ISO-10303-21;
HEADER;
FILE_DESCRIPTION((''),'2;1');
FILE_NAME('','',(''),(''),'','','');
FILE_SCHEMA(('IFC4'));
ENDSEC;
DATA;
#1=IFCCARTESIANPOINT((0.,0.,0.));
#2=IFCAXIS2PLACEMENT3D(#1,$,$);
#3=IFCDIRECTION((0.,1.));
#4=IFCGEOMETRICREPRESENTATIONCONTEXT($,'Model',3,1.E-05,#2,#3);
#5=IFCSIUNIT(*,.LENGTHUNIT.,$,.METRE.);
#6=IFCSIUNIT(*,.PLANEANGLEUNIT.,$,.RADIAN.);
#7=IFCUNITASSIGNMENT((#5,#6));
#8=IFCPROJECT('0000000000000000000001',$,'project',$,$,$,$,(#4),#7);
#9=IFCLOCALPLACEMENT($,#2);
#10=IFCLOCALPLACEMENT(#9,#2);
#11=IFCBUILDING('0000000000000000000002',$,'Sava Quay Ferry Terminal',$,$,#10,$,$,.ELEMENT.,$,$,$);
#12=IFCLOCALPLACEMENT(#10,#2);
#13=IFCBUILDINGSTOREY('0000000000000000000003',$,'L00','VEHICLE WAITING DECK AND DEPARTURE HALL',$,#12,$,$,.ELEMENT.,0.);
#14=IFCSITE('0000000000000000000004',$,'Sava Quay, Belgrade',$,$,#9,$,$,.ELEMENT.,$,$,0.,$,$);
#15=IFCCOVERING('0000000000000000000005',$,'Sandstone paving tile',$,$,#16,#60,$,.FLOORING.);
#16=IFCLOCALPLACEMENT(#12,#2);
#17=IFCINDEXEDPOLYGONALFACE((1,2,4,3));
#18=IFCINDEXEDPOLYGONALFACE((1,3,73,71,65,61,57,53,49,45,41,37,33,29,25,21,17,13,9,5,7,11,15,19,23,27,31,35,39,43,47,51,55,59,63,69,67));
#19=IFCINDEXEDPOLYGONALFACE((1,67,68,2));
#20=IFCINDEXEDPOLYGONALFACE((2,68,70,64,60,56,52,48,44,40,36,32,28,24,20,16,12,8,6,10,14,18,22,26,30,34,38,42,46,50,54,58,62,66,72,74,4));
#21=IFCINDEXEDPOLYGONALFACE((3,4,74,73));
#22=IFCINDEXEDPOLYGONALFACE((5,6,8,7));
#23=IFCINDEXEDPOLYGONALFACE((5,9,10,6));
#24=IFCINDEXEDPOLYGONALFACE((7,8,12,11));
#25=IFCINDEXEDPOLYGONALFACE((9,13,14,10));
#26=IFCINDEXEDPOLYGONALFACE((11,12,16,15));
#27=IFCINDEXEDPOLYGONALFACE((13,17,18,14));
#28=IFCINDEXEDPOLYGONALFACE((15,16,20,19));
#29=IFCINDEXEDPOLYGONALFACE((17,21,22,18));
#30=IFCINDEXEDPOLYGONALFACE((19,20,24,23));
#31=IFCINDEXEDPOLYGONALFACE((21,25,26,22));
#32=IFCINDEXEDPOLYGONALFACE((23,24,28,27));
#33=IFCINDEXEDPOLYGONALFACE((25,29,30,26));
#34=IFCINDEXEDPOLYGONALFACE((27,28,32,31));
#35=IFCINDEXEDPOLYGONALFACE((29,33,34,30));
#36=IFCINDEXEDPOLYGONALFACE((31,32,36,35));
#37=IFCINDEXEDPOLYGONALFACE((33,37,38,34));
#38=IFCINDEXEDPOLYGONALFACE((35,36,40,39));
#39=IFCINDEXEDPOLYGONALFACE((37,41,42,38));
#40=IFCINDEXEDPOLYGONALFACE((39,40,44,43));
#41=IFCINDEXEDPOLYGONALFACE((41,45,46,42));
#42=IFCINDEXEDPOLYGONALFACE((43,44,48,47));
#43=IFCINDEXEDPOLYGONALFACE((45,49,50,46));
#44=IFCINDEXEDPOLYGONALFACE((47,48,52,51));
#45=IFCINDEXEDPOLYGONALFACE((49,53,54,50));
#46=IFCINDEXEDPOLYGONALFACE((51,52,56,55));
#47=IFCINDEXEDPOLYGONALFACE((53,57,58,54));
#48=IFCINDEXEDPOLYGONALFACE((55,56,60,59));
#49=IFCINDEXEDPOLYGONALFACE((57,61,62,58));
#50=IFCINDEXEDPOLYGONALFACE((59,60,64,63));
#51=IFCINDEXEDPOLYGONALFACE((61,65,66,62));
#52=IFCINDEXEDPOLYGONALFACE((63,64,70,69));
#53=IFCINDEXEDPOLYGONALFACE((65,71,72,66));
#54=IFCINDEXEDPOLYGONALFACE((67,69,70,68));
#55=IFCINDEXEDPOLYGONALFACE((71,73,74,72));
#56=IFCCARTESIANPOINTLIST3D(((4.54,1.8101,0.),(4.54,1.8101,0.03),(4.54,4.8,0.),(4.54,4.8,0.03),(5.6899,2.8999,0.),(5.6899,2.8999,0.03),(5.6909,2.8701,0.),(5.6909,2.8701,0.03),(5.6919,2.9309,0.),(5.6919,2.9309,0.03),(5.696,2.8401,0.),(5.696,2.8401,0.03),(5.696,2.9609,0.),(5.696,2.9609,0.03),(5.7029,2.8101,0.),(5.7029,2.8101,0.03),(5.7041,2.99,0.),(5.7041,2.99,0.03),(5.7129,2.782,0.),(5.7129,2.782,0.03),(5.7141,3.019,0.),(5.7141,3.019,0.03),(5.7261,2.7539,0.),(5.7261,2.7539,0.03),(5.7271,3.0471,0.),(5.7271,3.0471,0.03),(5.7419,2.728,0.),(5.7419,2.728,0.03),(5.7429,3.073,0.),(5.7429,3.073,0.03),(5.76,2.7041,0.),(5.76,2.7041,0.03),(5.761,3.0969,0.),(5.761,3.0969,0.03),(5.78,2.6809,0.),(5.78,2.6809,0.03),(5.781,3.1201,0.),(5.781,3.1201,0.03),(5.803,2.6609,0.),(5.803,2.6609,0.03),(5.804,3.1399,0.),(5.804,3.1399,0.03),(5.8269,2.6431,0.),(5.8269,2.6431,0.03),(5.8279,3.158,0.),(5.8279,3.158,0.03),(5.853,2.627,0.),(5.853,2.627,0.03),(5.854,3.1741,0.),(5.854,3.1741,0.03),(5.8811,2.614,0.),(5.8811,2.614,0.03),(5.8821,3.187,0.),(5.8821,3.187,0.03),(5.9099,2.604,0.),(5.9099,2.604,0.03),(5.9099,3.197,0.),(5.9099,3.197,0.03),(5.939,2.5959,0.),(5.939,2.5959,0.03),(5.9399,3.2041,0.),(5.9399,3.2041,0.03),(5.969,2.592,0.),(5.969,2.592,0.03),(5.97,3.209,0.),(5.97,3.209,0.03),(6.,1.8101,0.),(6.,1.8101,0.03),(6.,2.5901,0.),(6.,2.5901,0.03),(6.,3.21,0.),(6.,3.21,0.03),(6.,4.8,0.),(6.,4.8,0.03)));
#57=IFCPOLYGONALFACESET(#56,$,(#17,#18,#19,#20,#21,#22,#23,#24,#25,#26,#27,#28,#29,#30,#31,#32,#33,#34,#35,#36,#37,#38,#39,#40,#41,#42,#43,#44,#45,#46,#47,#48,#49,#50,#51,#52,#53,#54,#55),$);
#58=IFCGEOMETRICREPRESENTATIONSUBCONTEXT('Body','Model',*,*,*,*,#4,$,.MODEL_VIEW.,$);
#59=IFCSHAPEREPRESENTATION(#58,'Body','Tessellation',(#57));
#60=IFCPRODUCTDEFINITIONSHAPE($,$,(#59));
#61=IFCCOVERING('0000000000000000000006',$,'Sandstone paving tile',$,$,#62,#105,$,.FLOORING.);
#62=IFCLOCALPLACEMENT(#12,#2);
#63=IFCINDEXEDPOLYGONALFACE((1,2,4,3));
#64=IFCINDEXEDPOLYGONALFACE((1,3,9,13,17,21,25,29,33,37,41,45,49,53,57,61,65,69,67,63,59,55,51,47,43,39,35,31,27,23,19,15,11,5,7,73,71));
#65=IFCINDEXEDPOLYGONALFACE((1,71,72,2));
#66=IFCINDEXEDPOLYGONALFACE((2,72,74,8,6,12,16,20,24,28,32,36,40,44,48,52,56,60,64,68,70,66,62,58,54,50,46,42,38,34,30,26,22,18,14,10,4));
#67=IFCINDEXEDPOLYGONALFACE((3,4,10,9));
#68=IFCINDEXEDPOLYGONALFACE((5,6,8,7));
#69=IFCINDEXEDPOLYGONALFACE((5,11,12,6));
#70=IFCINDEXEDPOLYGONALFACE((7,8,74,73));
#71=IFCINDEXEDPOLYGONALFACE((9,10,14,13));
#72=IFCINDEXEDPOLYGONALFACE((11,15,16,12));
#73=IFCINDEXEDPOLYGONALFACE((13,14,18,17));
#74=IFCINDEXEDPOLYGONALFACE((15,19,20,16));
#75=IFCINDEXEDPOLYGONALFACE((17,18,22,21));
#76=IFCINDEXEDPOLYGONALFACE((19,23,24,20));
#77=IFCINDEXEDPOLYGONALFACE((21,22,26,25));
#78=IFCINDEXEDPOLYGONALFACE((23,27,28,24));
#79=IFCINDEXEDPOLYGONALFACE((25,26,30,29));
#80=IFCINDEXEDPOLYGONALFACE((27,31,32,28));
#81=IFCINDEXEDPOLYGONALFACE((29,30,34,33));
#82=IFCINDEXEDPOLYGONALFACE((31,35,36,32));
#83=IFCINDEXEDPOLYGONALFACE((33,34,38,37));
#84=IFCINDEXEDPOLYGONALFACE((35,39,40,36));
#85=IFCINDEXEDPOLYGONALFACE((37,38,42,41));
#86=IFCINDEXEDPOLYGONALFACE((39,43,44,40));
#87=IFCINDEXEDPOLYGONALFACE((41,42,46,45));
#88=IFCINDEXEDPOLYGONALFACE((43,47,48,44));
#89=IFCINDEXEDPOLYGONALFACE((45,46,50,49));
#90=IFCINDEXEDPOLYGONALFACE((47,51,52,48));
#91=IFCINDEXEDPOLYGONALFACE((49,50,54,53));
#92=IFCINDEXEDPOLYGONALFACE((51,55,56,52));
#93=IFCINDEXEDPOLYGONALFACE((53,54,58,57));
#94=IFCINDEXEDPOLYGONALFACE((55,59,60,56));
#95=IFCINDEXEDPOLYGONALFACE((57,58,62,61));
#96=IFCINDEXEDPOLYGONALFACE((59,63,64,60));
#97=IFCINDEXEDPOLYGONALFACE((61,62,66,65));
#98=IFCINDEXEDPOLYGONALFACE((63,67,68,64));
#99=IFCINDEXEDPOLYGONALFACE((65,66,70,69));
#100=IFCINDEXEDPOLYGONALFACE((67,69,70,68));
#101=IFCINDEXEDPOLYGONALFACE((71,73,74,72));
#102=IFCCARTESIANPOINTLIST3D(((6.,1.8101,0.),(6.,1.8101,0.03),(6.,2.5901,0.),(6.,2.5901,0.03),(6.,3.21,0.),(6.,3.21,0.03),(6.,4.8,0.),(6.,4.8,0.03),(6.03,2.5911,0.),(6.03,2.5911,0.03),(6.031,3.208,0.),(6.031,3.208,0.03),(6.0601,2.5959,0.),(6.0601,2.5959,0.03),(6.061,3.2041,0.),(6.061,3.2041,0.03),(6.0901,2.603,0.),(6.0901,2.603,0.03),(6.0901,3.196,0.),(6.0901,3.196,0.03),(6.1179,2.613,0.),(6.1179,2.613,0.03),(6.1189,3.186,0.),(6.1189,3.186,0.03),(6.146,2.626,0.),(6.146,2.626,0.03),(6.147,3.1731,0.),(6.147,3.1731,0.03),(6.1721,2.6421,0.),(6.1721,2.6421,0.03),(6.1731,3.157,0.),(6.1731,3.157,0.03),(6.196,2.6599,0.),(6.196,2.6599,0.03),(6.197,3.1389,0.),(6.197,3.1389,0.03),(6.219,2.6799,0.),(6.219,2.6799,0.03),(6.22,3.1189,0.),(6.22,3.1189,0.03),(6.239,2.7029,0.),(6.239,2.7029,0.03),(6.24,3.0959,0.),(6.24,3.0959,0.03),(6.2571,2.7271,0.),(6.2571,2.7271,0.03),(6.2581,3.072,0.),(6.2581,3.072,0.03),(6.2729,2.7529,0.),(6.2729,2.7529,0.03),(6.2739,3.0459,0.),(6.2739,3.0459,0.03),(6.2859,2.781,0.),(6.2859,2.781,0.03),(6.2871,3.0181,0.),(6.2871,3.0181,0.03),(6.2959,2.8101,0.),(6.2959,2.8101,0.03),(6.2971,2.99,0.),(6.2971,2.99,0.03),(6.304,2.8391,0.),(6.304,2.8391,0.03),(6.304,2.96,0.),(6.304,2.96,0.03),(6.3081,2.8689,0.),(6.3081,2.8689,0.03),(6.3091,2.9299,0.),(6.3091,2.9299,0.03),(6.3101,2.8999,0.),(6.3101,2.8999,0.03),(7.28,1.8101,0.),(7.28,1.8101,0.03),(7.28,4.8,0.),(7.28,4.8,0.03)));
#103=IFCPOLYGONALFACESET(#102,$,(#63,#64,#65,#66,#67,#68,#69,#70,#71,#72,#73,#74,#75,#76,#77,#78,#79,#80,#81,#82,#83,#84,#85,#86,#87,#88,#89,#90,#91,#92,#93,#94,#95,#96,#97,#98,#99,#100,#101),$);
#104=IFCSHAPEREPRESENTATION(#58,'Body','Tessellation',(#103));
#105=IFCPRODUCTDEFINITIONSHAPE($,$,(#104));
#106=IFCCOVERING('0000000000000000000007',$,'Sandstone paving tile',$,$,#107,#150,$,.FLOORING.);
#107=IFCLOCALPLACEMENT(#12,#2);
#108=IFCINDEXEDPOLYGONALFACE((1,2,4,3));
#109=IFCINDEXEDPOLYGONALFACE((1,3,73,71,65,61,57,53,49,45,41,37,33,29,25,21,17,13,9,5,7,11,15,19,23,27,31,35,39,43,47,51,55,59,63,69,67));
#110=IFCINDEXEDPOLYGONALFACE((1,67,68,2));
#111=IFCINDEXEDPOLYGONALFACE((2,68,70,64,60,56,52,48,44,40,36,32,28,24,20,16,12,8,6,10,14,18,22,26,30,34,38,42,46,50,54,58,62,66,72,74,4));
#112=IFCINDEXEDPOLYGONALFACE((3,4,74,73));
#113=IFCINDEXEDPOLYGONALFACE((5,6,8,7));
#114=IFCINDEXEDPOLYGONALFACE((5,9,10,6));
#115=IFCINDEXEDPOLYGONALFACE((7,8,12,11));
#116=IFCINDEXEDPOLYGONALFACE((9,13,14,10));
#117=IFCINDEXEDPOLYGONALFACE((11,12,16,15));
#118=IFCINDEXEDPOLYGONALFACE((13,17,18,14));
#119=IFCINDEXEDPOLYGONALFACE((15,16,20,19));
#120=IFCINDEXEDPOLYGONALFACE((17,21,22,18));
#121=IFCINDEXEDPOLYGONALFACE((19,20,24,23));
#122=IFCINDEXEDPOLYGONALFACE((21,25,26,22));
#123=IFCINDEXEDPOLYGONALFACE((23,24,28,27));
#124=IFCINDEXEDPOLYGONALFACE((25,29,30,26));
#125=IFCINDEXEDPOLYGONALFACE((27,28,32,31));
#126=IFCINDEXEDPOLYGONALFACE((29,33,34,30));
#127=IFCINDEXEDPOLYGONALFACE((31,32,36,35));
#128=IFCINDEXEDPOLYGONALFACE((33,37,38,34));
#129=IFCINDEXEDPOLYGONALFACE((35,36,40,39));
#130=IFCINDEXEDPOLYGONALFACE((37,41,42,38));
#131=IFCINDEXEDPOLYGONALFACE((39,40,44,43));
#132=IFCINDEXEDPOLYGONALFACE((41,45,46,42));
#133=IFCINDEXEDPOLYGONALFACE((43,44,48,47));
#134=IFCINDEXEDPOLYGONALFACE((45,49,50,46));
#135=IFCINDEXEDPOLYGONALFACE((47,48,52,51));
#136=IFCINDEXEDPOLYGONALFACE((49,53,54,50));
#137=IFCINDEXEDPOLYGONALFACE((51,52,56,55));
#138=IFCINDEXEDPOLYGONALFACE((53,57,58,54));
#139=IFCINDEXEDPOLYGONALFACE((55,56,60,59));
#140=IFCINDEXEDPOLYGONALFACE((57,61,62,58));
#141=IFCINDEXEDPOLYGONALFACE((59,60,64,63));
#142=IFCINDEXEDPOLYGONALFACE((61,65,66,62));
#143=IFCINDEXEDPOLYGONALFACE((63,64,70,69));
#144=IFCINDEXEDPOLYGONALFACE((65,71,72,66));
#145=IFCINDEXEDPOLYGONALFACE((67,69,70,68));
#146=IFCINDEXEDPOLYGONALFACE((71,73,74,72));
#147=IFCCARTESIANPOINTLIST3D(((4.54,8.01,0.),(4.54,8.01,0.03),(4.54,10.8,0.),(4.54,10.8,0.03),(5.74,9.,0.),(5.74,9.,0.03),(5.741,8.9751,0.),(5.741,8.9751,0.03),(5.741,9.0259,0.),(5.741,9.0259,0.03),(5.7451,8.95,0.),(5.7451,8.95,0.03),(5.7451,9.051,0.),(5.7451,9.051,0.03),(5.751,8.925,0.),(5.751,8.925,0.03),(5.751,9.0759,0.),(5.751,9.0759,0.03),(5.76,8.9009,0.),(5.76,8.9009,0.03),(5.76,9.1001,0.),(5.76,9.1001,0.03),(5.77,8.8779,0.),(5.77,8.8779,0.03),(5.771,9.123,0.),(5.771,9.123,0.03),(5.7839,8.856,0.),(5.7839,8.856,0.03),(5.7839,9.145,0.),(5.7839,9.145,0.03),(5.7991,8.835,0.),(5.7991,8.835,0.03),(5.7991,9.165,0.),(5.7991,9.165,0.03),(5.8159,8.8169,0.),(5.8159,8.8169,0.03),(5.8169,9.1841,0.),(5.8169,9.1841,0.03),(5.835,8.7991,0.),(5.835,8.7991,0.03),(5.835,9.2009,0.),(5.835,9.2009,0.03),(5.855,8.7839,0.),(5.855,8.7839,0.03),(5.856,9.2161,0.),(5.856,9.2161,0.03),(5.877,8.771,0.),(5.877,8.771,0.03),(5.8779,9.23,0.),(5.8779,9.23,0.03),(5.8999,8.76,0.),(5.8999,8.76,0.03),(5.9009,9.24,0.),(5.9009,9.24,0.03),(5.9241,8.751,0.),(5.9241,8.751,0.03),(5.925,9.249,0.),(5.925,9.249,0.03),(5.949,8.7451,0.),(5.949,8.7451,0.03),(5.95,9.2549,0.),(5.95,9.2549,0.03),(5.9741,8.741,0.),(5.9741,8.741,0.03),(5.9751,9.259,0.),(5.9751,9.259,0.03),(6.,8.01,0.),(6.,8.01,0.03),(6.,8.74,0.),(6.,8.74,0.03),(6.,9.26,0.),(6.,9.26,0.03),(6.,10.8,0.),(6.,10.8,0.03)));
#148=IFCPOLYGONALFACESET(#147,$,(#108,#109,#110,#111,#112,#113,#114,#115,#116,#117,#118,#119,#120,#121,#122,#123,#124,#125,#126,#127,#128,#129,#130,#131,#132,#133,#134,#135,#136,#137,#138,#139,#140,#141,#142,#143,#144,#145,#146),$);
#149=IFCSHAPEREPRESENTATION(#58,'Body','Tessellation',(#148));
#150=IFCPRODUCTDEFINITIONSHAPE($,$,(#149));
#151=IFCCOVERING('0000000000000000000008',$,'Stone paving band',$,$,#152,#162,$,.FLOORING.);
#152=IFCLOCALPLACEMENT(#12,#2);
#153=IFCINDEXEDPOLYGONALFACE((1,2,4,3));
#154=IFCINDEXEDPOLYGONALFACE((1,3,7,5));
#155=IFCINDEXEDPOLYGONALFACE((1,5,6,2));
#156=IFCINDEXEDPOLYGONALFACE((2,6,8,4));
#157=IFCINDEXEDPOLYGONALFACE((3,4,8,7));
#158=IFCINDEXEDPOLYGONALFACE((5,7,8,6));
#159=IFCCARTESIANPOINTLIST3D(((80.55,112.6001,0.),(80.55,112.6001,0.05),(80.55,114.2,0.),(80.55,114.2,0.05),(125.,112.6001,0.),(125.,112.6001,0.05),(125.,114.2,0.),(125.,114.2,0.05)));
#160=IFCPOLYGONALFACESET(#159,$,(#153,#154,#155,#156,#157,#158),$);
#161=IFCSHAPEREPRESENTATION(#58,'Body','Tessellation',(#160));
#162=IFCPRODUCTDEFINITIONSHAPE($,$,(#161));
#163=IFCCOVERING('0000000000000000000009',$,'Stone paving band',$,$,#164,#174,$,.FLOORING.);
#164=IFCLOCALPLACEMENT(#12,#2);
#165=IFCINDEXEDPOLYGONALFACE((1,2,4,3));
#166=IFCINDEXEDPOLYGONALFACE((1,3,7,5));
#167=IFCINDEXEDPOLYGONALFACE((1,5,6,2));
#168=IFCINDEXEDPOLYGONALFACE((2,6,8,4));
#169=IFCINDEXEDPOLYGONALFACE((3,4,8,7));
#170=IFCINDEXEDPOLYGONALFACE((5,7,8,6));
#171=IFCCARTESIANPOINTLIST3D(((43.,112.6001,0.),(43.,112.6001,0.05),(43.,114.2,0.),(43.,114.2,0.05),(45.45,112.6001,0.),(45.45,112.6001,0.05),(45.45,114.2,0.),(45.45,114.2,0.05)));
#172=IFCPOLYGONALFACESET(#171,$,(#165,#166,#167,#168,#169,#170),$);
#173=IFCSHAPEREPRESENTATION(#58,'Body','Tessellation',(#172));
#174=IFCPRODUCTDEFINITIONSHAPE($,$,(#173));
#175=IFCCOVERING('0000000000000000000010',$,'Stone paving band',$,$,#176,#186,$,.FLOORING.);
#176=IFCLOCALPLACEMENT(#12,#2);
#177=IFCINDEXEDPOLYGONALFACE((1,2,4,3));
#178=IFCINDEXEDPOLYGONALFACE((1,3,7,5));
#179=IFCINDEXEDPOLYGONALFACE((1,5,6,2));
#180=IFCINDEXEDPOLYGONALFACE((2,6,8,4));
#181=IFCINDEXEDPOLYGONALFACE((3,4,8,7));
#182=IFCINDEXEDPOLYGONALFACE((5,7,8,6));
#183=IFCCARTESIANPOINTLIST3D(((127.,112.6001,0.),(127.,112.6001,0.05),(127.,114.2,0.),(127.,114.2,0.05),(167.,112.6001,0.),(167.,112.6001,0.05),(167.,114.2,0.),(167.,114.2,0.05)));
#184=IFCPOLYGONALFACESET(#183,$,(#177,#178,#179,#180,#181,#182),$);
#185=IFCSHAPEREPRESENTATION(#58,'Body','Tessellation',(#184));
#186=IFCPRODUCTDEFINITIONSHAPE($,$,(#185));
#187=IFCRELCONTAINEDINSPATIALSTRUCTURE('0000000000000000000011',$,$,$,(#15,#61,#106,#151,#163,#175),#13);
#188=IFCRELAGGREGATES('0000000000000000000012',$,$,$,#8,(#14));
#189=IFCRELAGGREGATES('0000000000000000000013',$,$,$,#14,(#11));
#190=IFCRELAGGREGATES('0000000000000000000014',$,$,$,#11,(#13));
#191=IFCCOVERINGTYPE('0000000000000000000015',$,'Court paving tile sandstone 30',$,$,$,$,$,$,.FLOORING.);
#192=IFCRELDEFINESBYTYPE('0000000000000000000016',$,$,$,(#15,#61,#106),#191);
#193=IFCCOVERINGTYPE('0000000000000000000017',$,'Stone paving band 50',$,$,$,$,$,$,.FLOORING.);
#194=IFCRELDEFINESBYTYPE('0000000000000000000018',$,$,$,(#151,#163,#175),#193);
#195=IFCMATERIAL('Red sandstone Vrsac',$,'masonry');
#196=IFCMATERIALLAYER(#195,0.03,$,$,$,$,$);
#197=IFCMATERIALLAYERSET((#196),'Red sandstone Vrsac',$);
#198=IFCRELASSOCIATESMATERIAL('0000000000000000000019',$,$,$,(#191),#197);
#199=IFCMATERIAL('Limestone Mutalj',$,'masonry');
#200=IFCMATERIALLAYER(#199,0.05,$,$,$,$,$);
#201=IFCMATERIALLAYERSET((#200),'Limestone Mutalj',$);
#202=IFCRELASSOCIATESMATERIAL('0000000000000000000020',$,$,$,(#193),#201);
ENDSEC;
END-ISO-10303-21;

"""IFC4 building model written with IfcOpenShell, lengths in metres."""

from ifc_helpers import new_model, si_unit, direction, origin, place, context, subcontext, project, spatial, polyline, outline, extrude, material, layer, layer_set, type_object, element, save


model = new_model("IFC4")

# Units and contexts
model_context = context("Model", 3, precision=1e-05, world=origin(), true_north=direction((0.0, 1.0)))
body_context = subcontext(model_context, "Body", "Model", "MODEL_VIEW")
ifc_project = project(units=[si_unit("LENGTHUNIT", "METRE"), si_unit("PLANEANGLEUNIT", "RADIAN")], contexts=[model_context])

# Site, building, storey
site_placement = place(None, origin())
site = spatial("IfcSite", under=ifc_project, at=site_placement, Name="Sava Quay, Belgrade", CompositionType="ELEMENT", RefElevation=0.0)
building_placement = place(site_placement, origin())
building = spatial("IfcBuilding", under=site, at=building_placement, Name="Sava Quay Ferry Terminal", CompositionType="ELEMENT")
storey_placement = place(building_placement, origin())
storey = spatial("IfcBuildingStorey", under=building, at=storey_placement, Name="L00", Description="VEHICLE WAITING DECK AND DEPARTURE HALL", CompositionType="ELEMENT", Elevation=0.0)

# Coverings
ifc_material_1 = material(Name="Red sandstone Vrsac", Category="masonry")
ifc_layer_1 = layer(ifc_material_1, 0.03)
ifc_layer_set_1 = layer_set([ifc_layer_1], Name="Red sandstone Vrsac")
covering_type_1 = type_object("IfcCoveringType", Name="Court paving tile sandstone 30", PredefinedType="FLOORING", material=ifc_layer_set_1)
covering_1_placement = place(storey_placement, origin())
element("IfcCovering", 1, at=covering_1_placement, inside=storey, type_object=covering_type_1, Name="Sandstone paving tile", PredefinedType="FLOORING", context=body_context, shape_type="SweptSolid", body=[
    extrude(outline(polyline([(6.0, 4.8), (4.54, 4.8), (4.54, 1.8101), (6.0, 1.8101), (6.0, 2.5901), (5.969, 2.592), (5.939, 2.5959), (5.9099, 2.604), (5.8811, 2.614), (5.853, 2.627), (5.8269, 2.6431), (5.803, 2.6609), (5.78, 2.6809), (5.76, 2.7041), (5.7419, 2.728), (5.7261, 2.7539), (5.7129, 2.782), (5.7029, 2.8101), (5.696, 2.8401), (5.6909, 2.8701), (5.6899, 2.8999), (5.6919, 2.9309), (5.696, 2.9609), (5.7041, 2.99), (5.7141, 3.019), (5.7271, 3.0471), (5.7429, 3.073), (5.761, 3.0969), (5.781, 3.1201), (5.804, 3.1399), (5.8279, 3.158), (5.854, 3.1741), (5.8821, 3.187), (5.9099, 3.197), (5.9399, 3.2041), (5.97, 3.209), (6.0, 3.21), (6.0, 4.8)])), origin(), (0.0, 0.0, 1.0), 0.03),
])
covering_2_placement = place(storey_placement, origin())
element("IfcCovering", 2, at=covering_2_placement, inside=storey, type_object=covering_type_1, Name="Sandstone paving tile", PredefinedType="FLOORING", context=body_context, shape_type="SweptSolid", body=[
    extrude(outline(polyline([(7.28, 4.8), (6.0, 4.8), (6.0, 3.21), (6.031, 3.208), (6.061, 3.2041), (6.0901, 3.196), (6.1189, 3.186), (6.147, 3.1731), (6.1731, 3.157), (6.197, 3.1389), (6.22, 3.1189), (6.24, 3.0959), (6.2581, 3.072), (6.2739, 3.0459), (6.2871, 3.0181), (6.2971, 2.99), (6.304, 2.96), (6.3091, 2.9299), (6.3101, 2.8999), (6.3081, 2.8689), (6.304, 2.8391), (6.2959, 2.8101), (6.2859, 2.781), (6.2729, 2.7529), (6.2571, 2.7271), (6.239, 2.7029), (6.219, 2.6799), (6.196, 2.6599), (6.1721, 2.6421), (6.146, 2.626), (6.1179, 2.613), (6.0901, 2.603), (6.0601, 2.5959), (6.03, 2.5911), (6.0, 2.5901), (6.0, 1.8101), (7.28, 1.8101), (7.28, 4.8)])), origin(), (0.0, 0.0, 1.0), 0.03),
])
covering_3_placement = place(storey_placement, origin())
element("IfcCovering", 3, at=covering_3_placement, inside=storey, type_object=covering_type_1, Name="Sandstone paving tile", PredefinedType="FLOORING", context=body_context, shape_type="SweptSolid", body=[
    extrude(outline(polyline([(6.0, 10.8), (4.54, 10.8), (4.54, 8.01), (6.0, 8.01), (6.0, 8.74), (5.9741, 8.741), (5.949, 8.7451), (5.9241, 8.751), (5.8999, 8.76), (5.877, 8.771), (5.855, 8.7839), (5.835, 8.7991), (5.8159, 8.8169), (5.7991, 8.835), (5.7839, 8.856), (5.77, 8.8779), (5.76, 8.9009), (5.751, 8.925), (5.7451, 8.95), (5.741, 8.9751), (5.74, 9.0), (5.741, 9.0259), (5.7451, 9.051), (5.751, 9.0759), (5.76, 9.1001), (5.771, 9.123), (5.7839, 9.145), (5.7991, 9.165), (5.8169, 9.1841), (5.835, 9.2009), (5.856, 9.2161), (5.8779, 9.23), (5.9009, 9.24), (5.925, 9.249), (5.95, 9.2549), (5.9751, 9.259), (6.0, 9.26), (6.0, 10.8)])), origin(), (0.0, 0.0, 1.0), 0.03),
])
ifc_material_2 = material(Name="Limestone Mutalj", Category="masonry")
ifc_layer_2 = layer(ifc_material_2, 0.05)
ifc_layer_set_2 = layer_set([ifc_layer_2], Name="Limestone Mutalj")
covering_type_2 = type_object("IfcCoveringType", Name="Stone paving band 50", PredefinedType="FLOORING", material=ifc_layer_set_2)
covering_4_placement = place(storey_placement, origin())
element("IfcCovering", 4, at=covering_4_placement, inside=storey, type_object=covering_type_2, Name="Stone paving band", PredefinedType="FLOORING", context=body_context, shape_type="SweptSolid", body=[
    extrude(outline(polyline([(80.55, 114.2), (80.55, 112.6001), (125.0, 112.6001), (125.0, 114.2), (80.55, 114.2)])), origin(), (0.0, 0.0, 1.0), 0.05),
])
covering_5_placement = place(storey_placement, origin())
element("IfcCovering", 5, at=covering_5_placement, inside=storey, type_object=covering_type_2, Name="Stone paving band", PredefinedType="FLOORING", context=body_context, shape_type="SweptSolid", body=[
    extrude(outline(polyline([(45.45, 112.6001), (45.45, 114.2), (43.0, 114.2), (43.0, 112.6001), (45.45, 112.6001)])), origin(), (0.0, 0.0, 1.0), 0.05),
])
covering_6_placement = place(storey_placement, origin())
element("IfcCovering", 6, at=covering_6_placement, inside=storey, type_object=covering_type_2, Name="Stone paving band", PredefinedType="FLOORING", context=body_context, shape_type="SweptSolid", body=[
    extrude(outline(polyline([(167.0, 114.2), (127.0, 114.2), (127.0, 112.6001), (167.0, 112.6001), (167.0, 114.2)])), origin(), (0.0, 0.0, 1.0), 0.05),
])

save(model, "model.ifc")
